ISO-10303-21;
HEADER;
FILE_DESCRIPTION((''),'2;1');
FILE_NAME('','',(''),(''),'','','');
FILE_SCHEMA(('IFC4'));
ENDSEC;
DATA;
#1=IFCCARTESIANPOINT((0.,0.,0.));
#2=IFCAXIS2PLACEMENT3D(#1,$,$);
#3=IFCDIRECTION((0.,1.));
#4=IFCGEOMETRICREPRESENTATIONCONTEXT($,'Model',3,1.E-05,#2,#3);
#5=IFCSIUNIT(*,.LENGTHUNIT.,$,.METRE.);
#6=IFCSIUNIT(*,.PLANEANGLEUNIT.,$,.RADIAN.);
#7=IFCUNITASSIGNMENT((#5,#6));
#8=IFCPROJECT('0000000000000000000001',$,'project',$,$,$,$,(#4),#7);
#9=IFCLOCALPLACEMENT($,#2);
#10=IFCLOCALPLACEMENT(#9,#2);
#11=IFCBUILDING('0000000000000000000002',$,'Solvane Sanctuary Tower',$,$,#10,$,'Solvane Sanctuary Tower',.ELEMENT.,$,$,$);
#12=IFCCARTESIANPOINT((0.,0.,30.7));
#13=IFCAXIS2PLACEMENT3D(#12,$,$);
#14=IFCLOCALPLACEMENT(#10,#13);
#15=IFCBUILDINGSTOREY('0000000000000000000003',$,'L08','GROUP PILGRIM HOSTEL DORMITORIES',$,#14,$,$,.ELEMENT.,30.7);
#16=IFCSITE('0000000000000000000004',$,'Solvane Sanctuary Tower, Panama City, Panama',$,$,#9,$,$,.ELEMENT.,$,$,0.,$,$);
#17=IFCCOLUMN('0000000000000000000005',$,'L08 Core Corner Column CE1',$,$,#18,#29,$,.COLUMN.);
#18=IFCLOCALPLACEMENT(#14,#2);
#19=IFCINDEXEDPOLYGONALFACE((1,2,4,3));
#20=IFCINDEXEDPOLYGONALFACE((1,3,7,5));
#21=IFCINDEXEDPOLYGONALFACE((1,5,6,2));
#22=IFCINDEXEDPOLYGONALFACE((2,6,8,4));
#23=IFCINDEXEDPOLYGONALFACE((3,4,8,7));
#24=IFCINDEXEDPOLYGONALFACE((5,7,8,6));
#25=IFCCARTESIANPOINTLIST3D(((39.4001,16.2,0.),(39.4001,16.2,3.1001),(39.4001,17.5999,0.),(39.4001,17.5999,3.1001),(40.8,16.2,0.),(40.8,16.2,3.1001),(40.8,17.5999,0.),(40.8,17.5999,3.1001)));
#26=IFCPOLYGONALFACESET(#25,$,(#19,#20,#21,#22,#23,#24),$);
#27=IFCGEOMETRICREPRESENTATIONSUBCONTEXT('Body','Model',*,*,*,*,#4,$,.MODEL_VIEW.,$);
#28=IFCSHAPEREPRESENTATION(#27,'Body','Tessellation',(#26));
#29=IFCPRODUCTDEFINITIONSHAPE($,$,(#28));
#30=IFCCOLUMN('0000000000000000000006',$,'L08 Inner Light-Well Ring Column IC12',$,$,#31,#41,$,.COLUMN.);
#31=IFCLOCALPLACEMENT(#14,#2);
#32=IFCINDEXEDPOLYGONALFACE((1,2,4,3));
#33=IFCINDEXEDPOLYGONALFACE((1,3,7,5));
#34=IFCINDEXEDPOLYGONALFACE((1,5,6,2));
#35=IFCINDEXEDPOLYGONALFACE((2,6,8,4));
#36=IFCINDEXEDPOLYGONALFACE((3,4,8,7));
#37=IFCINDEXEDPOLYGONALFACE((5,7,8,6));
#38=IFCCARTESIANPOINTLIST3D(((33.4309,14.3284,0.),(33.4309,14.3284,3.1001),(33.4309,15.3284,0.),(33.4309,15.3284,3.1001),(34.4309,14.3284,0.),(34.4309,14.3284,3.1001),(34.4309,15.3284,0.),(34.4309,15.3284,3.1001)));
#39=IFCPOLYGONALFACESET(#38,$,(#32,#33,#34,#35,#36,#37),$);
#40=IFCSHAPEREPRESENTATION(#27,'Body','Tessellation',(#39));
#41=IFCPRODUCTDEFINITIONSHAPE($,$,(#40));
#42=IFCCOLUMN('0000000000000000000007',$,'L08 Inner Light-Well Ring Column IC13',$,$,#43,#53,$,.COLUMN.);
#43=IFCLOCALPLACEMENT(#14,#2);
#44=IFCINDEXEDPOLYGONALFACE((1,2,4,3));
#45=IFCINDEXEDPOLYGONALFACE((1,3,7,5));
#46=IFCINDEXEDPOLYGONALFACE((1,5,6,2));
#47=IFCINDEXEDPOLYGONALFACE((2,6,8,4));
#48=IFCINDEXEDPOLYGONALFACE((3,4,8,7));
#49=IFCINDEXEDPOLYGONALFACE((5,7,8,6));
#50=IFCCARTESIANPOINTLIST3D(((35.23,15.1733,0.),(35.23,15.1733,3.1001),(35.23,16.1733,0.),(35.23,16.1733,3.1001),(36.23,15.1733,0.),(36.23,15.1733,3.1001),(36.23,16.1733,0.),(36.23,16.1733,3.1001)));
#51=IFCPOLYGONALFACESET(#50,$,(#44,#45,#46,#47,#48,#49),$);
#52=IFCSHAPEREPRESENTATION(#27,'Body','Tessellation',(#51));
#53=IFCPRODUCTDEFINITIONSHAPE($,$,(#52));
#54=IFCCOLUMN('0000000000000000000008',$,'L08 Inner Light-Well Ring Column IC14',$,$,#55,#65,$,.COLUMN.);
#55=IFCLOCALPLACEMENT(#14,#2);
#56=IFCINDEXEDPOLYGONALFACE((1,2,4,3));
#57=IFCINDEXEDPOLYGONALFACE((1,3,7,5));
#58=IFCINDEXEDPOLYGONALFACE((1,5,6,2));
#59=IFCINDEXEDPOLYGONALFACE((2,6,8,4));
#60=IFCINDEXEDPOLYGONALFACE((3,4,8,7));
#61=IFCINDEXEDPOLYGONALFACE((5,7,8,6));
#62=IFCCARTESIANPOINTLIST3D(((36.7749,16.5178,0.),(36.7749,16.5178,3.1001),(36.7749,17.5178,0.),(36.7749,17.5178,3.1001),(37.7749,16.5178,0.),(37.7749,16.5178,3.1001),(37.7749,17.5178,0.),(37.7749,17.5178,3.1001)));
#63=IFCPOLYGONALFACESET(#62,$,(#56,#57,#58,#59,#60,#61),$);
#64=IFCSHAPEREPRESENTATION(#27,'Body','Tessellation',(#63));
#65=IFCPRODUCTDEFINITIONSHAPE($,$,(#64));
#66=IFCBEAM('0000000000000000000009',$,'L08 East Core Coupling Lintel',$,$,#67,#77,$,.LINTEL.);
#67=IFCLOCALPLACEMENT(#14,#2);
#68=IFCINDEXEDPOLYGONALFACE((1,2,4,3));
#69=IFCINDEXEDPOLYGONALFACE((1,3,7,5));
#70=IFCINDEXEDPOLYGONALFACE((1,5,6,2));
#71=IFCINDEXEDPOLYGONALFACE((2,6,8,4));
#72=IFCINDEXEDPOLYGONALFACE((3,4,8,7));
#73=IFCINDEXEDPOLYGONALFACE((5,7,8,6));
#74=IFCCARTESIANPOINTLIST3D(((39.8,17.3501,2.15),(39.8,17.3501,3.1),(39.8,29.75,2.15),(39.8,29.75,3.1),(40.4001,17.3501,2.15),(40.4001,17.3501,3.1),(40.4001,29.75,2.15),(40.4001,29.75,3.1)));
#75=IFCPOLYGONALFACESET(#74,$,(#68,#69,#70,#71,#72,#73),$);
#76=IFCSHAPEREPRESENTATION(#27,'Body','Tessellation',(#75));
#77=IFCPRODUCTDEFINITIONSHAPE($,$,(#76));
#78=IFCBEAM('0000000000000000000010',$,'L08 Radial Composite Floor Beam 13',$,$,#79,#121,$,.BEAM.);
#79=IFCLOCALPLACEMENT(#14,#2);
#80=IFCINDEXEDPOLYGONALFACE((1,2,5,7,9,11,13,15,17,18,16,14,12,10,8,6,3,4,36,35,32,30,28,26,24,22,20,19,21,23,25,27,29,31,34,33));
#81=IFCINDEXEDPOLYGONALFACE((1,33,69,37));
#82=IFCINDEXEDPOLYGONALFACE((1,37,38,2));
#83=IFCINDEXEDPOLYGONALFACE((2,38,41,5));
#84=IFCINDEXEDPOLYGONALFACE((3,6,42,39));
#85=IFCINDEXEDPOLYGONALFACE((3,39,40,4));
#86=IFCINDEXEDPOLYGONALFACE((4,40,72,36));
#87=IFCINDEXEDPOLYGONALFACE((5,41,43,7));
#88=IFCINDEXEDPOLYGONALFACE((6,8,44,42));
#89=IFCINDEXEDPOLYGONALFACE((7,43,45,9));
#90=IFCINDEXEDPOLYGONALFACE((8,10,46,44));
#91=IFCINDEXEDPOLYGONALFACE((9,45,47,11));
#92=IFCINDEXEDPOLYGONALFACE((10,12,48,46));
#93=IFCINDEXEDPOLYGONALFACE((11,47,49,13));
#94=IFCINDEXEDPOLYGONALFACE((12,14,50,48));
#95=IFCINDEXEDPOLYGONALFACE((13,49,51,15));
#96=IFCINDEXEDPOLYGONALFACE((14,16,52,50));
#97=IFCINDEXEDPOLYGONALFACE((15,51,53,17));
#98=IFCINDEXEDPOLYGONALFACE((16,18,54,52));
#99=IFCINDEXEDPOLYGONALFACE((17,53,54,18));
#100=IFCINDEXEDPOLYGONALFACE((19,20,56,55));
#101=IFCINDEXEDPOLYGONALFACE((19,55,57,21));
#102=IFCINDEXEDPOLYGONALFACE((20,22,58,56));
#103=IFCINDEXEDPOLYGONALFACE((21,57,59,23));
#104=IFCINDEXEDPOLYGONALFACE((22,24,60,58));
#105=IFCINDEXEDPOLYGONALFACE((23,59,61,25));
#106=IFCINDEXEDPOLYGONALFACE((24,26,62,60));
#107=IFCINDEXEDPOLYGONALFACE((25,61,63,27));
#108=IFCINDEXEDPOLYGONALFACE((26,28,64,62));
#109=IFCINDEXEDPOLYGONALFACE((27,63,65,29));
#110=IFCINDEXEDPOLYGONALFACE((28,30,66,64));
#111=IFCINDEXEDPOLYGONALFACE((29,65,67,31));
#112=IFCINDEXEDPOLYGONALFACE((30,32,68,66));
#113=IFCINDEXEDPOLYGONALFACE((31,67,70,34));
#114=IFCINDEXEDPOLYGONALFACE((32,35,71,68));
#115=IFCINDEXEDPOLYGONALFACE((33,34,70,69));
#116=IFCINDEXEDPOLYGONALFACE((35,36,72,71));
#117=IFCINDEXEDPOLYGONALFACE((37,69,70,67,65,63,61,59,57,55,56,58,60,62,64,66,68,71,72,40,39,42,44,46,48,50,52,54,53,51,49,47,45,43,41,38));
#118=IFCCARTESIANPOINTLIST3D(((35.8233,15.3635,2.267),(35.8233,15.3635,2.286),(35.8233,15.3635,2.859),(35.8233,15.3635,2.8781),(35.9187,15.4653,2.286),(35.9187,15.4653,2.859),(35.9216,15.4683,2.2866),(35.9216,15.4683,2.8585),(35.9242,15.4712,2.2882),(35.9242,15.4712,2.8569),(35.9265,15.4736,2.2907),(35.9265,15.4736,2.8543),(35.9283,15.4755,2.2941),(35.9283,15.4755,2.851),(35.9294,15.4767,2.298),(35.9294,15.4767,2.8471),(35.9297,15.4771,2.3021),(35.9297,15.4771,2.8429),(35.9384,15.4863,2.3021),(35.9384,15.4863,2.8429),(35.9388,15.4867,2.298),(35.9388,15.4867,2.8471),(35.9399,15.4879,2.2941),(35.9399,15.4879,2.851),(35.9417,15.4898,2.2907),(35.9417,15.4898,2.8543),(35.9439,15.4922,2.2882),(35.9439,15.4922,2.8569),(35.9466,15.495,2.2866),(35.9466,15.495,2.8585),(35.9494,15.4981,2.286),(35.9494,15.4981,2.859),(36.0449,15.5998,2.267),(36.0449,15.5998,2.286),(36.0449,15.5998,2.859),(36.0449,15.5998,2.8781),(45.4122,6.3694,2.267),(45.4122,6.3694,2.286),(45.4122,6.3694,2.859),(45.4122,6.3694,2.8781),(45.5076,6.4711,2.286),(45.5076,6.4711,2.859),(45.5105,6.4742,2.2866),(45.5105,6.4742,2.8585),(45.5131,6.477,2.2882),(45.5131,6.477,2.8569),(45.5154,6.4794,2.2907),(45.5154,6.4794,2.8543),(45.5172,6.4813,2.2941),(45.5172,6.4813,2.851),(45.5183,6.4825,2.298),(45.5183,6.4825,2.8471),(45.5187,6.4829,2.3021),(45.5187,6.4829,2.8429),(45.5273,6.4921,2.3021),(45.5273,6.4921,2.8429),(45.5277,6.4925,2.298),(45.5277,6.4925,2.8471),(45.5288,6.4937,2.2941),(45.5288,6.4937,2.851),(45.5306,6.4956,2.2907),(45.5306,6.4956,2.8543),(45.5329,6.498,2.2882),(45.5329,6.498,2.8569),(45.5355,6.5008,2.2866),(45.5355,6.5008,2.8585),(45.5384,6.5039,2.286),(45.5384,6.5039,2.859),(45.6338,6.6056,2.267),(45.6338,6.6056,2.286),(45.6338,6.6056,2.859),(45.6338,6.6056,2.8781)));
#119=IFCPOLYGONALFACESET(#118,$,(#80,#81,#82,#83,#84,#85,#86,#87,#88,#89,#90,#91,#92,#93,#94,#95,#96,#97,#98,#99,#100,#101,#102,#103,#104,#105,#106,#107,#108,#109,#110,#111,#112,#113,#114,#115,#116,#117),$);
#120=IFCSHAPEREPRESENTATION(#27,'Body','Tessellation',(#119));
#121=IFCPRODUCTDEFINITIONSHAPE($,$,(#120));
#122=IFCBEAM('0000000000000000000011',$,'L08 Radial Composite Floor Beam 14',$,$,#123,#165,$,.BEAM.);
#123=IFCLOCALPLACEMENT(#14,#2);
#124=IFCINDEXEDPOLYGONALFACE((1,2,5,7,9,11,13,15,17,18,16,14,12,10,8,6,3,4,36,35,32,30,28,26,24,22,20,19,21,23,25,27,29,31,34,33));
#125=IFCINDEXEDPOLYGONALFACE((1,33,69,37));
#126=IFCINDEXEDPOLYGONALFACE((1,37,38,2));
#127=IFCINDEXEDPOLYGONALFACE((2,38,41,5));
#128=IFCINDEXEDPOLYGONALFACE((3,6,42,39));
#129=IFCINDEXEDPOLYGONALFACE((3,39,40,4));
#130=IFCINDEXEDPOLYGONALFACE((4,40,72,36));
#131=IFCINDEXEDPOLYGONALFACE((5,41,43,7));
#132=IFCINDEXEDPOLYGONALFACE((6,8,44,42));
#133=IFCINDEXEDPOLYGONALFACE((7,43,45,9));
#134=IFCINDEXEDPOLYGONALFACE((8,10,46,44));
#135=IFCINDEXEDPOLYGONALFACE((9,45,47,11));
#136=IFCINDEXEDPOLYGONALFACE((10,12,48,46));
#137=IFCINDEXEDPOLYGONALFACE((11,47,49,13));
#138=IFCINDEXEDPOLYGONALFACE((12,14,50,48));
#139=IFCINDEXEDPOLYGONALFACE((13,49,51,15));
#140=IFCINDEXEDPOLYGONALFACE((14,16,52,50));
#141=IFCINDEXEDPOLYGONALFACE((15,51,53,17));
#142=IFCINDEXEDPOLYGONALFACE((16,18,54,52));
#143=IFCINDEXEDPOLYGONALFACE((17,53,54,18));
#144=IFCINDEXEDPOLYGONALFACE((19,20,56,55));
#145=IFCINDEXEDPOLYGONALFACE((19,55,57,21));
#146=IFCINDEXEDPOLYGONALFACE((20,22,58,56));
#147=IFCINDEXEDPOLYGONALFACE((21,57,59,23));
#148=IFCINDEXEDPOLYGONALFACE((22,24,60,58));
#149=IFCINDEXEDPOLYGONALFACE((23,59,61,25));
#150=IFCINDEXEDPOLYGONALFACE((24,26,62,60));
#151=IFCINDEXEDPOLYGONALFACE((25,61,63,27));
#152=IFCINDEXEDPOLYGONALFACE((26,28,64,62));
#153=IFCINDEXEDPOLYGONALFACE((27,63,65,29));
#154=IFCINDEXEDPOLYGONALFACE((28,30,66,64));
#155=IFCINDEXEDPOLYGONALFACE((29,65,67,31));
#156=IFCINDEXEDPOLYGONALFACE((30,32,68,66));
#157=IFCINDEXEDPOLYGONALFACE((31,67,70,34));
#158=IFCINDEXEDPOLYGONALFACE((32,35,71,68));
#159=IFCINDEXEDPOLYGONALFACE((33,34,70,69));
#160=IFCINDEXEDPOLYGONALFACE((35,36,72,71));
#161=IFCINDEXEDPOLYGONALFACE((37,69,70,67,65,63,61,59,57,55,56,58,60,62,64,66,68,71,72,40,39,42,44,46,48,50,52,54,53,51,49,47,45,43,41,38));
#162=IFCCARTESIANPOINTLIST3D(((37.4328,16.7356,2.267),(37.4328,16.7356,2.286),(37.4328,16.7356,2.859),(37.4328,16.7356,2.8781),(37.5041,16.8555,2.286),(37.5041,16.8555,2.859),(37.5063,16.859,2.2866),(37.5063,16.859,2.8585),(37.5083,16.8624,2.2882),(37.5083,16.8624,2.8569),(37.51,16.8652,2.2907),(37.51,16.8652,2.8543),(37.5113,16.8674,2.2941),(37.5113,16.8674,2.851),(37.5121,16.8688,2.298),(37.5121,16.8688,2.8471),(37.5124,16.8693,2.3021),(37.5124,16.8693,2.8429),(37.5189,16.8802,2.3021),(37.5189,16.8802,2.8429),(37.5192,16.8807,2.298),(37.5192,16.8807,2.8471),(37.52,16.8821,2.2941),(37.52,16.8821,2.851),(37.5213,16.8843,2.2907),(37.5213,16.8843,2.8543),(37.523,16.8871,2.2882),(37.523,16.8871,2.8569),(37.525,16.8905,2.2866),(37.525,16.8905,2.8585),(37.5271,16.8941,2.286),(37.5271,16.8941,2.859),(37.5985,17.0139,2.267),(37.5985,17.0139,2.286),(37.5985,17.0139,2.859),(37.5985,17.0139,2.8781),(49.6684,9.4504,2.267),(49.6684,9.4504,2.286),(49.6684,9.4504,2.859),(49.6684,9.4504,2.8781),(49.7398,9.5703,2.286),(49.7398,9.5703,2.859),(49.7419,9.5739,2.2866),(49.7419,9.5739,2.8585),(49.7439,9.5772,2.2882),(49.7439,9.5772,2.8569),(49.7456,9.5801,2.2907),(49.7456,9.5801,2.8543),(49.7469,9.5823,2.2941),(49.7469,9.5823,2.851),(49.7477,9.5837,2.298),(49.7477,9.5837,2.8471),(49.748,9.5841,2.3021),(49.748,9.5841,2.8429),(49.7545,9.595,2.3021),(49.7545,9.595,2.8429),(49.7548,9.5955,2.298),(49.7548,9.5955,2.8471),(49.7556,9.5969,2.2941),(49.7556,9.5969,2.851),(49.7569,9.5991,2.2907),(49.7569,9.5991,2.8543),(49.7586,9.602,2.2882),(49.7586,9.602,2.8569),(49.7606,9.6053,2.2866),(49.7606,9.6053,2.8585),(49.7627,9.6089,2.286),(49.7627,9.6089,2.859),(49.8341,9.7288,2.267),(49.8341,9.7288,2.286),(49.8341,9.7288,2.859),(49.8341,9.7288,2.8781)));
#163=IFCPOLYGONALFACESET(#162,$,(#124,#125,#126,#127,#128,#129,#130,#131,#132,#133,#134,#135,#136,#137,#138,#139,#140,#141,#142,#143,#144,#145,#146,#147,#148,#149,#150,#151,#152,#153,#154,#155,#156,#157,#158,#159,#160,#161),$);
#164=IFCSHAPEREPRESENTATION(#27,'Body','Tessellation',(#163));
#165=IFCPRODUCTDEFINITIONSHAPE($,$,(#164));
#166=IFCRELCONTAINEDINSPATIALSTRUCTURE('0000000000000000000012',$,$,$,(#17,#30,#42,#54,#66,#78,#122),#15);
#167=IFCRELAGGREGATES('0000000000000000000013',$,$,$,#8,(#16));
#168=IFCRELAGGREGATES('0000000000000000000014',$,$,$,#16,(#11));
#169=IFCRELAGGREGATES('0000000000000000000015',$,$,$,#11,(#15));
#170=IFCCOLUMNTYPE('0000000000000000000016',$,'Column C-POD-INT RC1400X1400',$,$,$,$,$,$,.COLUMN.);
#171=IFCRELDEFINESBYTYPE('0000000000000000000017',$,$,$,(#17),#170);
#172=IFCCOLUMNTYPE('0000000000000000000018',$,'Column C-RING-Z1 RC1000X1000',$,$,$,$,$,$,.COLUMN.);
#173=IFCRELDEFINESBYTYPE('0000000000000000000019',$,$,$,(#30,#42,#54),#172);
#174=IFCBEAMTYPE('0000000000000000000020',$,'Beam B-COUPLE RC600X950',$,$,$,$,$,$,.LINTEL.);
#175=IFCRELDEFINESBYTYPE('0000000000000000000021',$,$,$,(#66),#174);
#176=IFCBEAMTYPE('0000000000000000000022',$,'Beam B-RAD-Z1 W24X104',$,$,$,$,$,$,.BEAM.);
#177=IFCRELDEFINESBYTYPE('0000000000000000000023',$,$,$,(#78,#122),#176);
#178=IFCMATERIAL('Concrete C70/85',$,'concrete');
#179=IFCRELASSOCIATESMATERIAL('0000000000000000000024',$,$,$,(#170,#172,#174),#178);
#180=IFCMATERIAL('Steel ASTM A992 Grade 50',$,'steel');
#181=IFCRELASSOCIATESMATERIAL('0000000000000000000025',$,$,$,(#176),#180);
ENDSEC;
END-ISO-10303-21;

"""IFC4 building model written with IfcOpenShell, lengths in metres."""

from ifc_helpers import new_model, si_unit, direction, frame, origin, origin_2d, place, context, subcontext, project, spatial, rectangle, i_section, extrude, material, material_profile, profile_set, type_object, element, save


model = new_model("IFC4")

# Units and contexts
model_context = context("Model", 3, precision=1e-05, world=origin(), true_north=direction((0.0, 1.0)))
body_context = subcontext(model_context, "Body", "Model", "MODEL_VIEW")
ifc_project = project(units=[si_unit("LENGTHUNIT", "METRE"), si_unit("PLANEANGLEUNIT", "RADIAN")], contexts=[model_context])

# Site, building, storey
site_placement = place(None, origin())
site = spatial("IfcSite", under=ifc_project, at=site_placement, Name="Solvane Sanctuary Tower, Panama City, Panama", CompositionType="ELEMENT", RefElevation=0.0)
building_placement = place(site_placement, origin())
building = spatial("IfcBuilding", under=site, at=building_placement, Name="Solvane Sanctuary Tower", LongName="Solvane Sanctuary Tower", CompositionType="ELEMENT")
storey_placement = place(building_placement, frame((0.0, 0.0, 30.7)))
storey = spatial("IfcBuildingStorey", under=building, at=storey_placement, Name="L08", Description="GROUP PILGRIM HOSTEL DORMITORIES", CompositionType="ELEMENT", Elevation=30.7)

# Columns
ifc_material_1 = material(Name="Concrete C70/85", Category="concrete")
ifc_material_profile_1 = material_profile(ifc_material_1, rectangle(XDim=1.3999, YDim=1.3999, at=origin_2d()), Name="RC1400X1400")
ifc_profile_set_1 = profile_set([ifc_material_profile_1], Name="Concrete C70/85")
column_type_1 = type_object("IfcColumnType", Name="Column C-POD-INT RC1400X1400", PredefinedType="COLUMN", material=ifc_profile_set_1)
column_placement = place(storey_placement, frame((40.1001, 16.8999, 0.0), z_axis=(0.0, 0.0, 1.0), x_axis=(1.0, 0.0, 0.0)))
element("IfcColumn", 1, at=column_placement, inside=storey, type_object=column_type_1, Name="L08 Core Corner Column CE1", PredefinedType="COLUMN", context=body_context, shape_type="SweptSolid", body=[
    extrude(rectangle(XDim=1.3999, YDim=1.3999, at=origin_2d()), origin(), (0.0, 0.0, 1.0), 3.1001),
])
ifc_material_profile_2 = material_profile(ifc_material_1, rectangle(XDim=1.0, YDim=1.0, at=origin_2d()), Name="RC1000X1000")
ifc_profile_set_2 = profile_set([ifc_material_profile_2], Name="Concrete C70/85")
column_type_2 = type_object("IfcColumnType", Name="Column C-RING-Z1 RC1000X1000", PredefinedType="COLUMN", material=ifc_profile_set_2)
for number, where, z_axis, x_axis, name in (
    (2, (33.9309, 14.8284, 0.0), (0.0, 0.0, 1.0), (1.0, 0.0, 0.0), "L08 Inner Light-Well Ring Column IC12"),
    (3, (35.73, 15.6733, 0.0), (0.0, 0.0, 1.0), (1.0, 0.0, 0.0), "L08 Inner Light-Well Ring Column IC13"),
    (4, (37.2749, 17.0178, 0.0), (0.0, 0.0, 1.0), (1.0, 0.0, 0.0), "L08 Inner Light-Well Ring Column IC14"),
):
    element("IfcColumn", number, at=place(storey_placement, frame(where, z_axis=z_axis, x_axis=x_axis)), inside=storey, type_object=column_type_2, Name=name, PredefinedType="COLUMN", context=body_context, shape_type="SweptSolid", body=[
        extrude(rectangle(XDim=1.0, YDim=1.0, at=origin_2d()), origin(), (0.0, 0.0, 1.0), 3.1001),
    ])

# Beams
ifc_material_profile_3 = material_profile(ifc_material_1, rectangle(XDim=0.6001, YDim=0.95, at=origin_2d()), Name="RC600X950")
ifc_profile_set_3 = profile_set([ifc_material_profile_3], Name="Concrete C70/85")
beam_type_1 = type_object("IfcBeamType", Name="Beam B-COUPLE RC600X950", PredefinedType="LINTEL", material=ifc_profile_set_3)
beam_1_placement = place(storey_placement, frame((40.1001, 17.3501, 2.625), z_axis=(0.0, 1.0, 0.0), x_axis=(-1.0, 0.0, 0.0)))
element("IfcBeam", 5, at=beam_1_placement, inside=storey, type_object=beam_type_1, Name="L08 East Core Coupling Lintel", PredefinedType="LINTEL", context=body_context, shape_type="SweptSolid", body=[
    extrude(rectangle(XDim=0.6001, YDim=0.95, at=origin_2d()), origin(), (0.0, 0.0, 1.0), 12.3999),
])
ifc_material_2 = material(Name="Steel ASTM A992 Grade 50", Category="steel")
ifc_material_profile_4 = material_profile(ifc_material_2, i_section(OverallWidth=0.324, OverallDepth=0.6111, WebThickness=0.0127, FlangeThickness=0.019, FilletRadius=0.0161, at=origin_2d()), Name="W24X104")
ifc_profile_set_4 = profile_set([ifc_material_profile_4], Name="Steel ASTM A992 Grade 50")
beam_type_2 = type_object("IfcBeamType", Name="Beam B-RAD-Z1 W24X104", PredefinedType="BEAM", material=ifc_profile_set_4)
beam_2_placement = place(storey_placement, frame((35.9341, 15.4817, 2.5725), z_axis=(0.729363, -0.684126, 0.0), x_axis=(0.684126, 0.729363, 0.0)))
element("IfcBeam", 6, at=beam_2_placement, inside=storey, type_object=beam_type_2, Name="L08 Radial Composite Floor Beam 13", PredefinedType="BEAM", context=body_context, shape_type="SweptSolid", body=[
    extrude(i_section(OverallWidth=0.324, OverallDepth=0.6111, WebThickness=0.0127, FlangeThickness=0.019, FilletRadius=0.0161, at=origin_2d()), origin(), (0.0, 0.0, 1.0), 13.147),
])
beam_3_placement = place(storey_placement, frame((37.5156, 16.8748, 2.5725), z_axis=(0.859229, -0.511591, 0.0), x_axis=(0.511591, 0.859229, 0.0)))
element("IfcBeam", 7, at=beam_3_placement, inside=storey, type_object=beam_type_2, Name="L08 Radial Composite Floor Beam 14", PredefinedType="BEAM", context=body_context, shape_type="SweptSolid", body=[
    extrude(i_section(OverallWidth=0.324, OverallDepth=0.6111, WebThickness=0.0127, FlangeThickness=0.019, FilletRadius=0.0161, at=origin_2d()), origin(), (0.0, 0.0, 1.0), 14.2402),
])

save(model, "model.ifc")
